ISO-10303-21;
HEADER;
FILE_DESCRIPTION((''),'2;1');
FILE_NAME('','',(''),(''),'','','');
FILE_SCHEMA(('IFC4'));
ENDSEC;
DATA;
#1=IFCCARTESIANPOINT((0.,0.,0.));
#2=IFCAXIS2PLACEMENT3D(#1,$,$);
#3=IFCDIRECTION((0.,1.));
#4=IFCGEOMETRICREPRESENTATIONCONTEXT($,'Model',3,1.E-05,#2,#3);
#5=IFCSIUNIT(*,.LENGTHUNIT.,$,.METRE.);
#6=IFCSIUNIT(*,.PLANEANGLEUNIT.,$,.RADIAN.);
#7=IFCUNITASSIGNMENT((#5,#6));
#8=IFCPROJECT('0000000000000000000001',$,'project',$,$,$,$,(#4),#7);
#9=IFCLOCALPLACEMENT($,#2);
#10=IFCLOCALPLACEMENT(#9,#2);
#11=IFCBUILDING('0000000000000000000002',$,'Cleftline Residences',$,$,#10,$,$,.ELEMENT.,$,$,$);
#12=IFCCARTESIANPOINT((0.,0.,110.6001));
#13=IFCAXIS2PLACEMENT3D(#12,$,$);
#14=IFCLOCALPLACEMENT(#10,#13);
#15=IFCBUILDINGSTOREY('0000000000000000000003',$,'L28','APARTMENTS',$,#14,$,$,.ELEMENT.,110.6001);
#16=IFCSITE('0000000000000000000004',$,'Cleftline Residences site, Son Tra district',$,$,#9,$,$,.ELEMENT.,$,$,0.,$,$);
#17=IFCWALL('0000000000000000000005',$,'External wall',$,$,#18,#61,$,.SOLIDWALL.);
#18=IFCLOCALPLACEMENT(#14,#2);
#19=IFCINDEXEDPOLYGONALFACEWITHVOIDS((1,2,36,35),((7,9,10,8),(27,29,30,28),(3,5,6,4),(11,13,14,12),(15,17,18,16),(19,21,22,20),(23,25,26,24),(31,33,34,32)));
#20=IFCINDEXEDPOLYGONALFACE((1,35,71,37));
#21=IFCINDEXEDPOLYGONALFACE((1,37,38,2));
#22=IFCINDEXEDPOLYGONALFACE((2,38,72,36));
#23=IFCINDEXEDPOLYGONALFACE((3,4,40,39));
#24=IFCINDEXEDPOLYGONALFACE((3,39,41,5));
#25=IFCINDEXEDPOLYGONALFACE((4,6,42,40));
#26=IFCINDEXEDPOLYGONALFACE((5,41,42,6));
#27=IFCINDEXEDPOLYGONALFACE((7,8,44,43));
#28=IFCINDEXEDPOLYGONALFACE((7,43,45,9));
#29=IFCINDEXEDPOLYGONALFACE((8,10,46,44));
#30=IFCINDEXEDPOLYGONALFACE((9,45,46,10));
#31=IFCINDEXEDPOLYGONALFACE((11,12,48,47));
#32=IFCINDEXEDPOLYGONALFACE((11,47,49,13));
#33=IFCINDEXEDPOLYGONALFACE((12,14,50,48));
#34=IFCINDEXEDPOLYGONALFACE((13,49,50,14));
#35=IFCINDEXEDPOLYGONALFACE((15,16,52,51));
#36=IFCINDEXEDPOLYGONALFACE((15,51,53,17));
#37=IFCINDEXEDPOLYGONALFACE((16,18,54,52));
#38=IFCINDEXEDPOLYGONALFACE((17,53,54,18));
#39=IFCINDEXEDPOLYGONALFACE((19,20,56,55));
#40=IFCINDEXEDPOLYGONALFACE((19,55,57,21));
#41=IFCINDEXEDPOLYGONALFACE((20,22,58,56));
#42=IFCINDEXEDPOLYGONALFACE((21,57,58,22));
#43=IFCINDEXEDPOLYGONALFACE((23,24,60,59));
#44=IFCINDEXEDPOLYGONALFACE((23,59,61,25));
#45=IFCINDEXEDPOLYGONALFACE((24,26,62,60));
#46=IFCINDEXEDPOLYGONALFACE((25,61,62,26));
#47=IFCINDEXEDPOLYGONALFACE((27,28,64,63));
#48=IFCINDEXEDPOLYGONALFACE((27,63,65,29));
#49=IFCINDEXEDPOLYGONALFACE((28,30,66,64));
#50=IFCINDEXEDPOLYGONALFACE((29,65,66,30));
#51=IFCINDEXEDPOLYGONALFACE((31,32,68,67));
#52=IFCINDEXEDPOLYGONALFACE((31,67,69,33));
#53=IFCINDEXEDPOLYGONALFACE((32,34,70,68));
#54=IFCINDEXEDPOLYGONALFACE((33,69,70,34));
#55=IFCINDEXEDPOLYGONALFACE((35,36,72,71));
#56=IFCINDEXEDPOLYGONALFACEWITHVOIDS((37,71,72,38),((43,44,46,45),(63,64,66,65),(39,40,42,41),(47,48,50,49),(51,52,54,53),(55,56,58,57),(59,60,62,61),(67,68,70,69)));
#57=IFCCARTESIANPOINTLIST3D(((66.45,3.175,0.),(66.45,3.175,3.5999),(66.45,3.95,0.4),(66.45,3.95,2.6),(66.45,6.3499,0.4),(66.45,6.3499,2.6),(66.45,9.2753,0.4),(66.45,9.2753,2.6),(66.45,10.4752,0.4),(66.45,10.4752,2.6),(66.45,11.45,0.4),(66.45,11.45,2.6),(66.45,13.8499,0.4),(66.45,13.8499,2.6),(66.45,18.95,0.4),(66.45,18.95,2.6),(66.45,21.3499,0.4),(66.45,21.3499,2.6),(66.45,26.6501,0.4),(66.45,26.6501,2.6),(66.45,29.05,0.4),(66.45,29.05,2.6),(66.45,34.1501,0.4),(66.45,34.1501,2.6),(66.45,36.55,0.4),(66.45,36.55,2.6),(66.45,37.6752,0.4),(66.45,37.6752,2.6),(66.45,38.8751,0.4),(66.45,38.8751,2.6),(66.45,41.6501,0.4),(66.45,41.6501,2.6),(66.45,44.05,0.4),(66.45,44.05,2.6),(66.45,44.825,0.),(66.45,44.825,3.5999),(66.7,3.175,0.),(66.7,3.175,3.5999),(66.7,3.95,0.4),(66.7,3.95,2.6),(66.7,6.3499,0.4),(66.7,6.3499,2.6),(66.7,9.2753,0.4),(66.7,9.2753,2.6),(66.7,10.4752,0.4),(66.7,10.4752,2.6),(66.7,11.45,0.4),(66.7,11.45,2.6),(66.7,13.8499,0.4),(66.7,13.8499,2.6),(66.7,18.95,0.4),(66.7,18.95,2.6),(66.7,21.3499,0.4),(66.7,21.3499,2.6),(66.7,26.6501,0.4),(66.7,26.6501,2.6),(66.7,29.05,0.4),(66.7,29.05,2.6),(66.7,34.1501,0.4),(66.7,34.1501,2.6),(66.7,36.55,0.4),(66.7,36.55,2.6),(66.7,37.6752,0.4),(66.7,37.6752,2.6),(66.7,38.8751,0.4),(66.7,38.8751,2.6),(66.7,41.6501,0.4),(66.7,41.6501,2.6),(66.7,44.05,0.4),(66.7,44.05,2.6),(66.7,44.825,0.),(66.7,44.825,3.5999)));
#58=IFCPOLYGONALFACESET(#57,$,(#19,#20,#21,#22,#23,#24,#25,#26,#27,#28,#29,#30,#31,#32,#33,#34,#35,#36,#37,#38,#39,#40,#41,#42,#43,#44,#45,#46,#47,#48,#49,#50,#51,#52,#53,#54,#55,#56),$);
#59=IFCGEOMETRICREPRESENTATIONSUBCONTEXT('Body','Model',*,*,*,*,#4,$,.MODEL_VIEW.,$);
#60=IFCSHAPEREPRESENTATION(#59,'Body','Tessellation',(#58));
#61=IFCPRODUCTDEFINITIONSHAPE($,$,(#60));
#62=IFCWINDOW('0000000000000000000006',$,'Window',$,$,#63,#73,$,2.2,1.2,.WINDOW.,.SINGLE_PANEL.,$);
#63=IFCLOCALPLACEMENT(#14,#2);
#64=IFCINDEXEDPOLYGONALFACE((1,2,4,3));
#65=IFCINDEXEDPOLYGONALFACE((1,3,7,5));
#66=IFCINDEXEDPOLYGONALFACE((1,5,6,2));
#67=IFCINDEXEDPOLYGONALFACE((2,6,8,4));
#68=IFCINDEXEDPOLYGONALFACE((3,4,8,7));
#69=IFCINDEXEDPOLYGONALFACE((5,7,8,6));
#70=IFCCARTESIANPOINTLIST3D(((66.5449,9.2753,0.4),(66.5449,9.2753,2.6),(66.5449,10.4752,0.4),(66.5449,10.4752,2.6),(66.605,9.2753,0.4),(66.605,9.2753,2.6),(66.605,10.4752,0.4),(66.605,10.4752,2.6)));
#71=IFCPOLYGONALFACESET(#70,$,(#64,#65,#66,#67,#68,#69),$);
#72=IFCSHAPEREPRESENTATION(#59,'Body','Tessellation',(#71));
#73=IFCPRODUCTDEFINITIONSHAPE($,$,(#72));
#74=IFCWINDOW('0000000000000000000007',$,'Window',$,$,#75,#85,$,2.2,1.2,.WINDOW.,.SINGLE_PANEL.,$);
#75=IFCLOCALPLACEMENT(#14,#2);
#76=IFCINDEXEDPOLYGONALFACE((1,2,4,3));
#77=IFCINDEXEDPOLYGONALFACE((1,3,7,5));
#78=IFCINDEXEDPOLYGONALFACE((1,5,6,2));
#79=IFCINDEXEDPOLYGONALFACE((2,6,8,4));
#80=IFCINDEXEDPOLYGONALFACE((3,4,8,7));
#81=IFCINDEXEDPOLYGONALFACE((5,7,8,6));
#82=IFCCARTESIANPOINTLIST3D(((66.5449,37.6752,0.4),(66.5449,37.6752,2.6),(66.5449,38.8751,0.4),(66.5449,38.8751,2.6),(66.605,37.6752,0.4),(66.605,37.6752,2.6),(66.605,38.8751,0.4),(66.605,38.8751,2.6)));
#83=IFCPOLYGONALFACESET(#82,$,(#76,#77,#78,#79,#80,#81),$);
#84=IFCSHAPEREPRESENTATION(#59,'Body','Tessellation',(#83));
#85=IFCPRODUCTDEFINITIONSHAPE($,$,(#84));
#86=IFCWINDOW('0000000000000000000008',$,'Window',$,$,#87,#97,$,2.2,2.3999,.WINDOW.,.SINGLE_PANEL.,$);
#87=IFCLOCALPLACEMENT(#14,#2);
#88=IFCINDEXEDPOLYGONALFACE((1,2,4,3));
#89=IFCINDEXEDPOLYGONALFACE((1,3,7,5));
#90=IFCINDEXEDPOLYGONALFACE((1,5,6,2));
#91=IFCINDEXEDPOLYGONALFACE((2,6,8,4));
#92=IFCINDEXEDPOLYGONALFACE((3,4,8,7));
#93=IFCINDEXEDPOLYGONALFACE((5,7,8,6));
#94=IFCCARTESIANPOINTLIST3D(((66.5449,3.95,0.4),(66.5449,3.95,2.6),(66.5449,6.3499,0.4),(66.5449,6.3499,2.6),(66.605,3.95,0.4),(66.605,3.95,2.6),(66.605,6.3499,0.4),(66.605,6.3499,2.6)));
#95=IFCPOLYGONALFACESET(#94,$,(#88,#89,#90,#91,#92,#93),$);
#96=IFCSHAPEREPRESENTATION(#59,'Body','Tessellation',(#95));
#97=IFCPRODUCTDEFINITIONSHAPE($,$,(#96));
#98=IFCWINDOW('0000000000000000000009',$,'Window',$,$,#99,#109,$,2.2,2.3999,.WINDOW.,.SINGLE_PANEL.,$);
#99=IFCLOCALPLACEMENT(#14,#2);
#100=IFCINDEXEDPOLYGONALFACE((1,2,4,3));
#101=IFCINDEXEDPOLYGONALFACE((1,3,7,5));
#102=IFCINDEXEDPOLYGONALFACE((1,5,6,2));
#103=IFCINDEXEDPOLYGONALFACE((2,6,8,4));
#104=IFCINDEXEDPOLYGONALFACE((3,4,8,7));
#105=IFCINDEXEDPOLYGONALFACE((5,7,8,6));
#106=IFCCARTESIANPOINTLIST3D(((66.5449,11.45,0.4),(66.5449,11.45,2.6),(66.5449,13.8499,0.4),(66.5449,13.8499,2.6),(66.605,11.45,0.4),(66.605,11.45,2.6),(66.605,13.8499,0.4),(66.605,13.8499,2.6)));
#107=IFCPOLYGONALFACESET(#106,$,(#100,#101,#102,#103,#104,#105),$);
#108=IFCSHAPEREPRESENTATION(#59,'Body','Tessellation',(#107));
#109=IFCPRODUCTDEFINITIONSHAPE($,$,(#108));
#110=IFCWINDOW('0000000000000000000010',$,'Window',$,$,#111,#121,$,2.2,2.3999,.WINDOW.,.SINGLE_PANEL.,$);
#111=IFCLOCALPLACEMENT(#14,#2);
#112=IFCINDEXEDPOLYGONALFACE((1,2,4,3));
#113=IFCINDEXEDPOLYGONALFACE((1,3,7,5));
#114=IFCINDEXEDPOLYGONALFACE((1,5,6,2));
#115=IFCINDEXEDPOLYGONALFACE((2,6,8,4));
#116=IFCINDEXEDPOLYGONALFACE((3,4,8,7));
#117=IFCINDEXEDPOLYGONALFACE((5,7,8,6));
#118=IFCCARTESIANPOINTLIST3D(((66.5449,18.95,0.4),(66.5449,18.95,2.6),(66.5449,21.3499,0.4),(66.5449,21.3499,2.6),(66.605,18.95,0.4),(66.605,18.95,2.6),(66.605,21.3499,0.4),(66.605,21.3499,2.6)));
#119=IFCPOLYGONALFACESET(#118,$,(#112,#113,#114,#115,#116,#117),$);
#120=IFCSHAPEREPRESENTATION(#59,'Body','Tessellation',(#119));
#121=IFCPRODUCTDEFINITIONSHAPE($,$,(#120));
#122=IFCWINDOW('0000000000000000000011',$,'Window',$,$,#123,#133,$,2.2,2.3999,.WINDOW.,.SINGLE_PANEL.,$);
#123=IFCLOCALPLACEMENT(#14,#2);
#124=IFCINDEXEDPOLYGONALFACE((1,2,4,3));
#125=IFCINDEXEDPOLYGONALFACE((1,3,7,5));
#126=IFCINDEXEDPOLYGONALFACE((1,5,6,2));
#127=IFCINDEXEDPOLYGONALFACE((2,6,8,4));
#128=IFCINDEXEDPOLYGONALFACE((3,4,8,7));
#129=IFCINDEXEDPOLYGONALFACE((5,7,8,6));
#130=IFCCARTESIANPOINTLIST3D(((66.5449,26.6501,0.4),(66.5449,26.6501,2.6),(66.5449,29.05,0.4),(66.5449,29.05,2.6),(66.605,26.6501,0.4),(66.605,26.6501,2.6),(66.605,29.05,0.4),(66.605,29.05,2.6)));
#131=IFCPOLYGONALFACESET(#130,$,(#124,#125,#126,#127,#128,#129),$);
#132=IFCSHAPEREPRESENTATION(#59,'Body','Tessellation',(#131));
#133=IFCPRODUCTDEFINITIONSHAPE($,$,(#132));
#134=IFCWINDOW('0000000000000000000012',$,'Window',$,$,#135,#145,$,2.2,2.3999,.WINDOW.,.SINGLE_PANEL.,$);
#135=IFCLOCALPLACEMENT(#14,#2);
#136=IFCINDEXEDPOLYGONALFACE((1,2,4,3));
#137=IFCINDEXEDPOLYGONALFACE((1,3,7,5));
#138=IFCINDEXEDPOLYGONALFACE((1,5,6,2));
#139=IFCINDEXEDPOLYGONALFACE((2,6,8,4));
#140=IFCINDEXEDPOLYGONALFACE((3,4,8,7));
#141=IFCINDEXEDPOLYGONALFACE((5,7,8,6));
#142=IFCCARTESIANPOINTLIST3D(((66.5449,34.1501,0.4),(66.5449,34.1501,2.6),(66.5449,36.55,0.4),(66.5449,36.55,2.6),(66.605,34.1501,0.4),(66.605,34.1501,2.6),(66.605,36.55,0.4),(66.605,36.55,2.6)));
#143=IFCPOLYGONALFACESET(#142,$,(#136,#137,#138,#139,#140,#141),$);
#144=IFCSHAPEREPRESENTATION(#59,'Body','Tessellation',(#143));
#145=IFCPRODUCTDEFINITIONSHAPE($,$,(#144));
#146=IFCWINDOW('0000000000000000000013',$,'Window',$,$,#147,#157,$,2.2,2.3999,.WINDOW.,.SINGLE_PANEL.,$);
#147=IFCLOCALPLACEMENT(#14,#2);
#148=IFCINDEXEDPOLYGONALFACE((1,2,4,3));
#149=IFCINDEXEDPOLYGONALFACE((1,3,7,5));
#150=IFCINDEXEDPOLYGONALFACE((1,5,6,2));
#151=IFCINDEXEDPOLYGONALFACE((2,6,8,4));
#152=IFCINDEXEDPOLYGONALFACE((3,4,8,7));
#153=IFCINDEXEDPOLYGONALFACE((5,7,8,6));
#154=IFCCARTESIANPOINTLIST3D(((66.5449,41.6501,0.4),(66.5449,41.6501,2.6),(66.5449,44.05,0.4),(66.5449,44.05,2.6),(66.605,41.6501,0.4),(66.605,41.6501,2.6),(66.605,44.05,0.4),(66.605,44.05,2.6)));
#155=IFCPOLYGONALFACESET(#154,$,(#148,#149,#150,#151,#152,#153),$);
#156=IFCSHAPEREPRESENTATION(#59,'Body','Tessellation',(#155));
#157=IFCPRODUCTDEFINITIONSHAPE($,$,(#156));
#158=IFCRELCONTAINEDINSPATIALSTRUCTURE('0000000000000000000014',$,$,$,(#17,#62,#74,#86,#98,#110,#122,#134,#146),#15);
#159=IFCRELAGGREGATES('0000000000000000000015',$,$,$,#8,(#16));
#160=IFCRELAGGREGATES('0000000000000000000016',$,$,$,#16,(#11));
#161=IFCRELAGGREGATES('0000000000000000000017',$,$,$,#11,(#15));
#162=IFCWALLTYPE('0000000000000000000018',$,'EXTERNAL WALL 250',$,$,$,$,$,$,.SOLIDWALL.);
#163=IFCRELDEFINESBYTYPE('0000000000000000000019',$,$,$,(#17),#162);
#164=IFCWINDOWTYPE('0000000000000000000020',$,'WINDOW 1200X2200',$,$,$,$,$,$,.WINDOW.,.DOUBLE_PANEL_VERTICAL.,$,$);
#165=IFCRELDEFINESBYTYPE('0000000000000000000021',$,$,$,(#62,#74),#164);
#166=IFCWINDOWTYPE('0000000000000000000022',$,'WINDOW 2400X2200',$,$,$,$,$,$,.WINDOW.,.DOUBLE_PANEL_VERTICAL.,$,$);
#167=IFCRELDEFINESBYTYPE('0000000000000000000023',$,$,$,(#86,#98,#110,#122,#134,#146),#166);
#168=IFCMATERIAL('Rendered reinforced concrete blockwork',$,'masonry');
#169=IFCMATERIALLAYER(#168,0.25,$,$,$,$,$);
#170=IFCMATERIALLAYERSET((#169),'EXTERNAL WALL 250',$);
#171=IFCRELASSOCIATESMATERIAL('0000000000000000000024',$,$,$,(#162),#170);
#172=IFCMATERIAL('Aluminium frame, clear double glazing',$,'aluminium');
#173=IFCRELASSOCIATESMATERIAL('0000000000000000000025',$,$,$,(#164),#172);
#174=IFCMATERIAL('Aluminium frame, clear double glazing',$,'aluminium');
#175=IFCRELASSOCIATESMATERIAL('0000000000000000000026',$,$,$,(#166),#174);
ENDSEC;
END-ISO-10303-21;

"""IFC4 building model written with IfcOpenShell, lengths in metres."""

from ifc_helpers import new_model, si_unit, direction, frame, frame_2d, origin, place, context, subcontext, project, spatial, rectangle, extrude, material, layer, layer_set, type_object, element, fill, save


model = new_model("IFC4")

# Units and contexts
model_context = context("Model", 3, precision=1e-05, world=origin(), true_north=direction((0.0, 1.0)))
body_context = subcontext(model_context, "Body", "Model", "MODEL_VIEW")
ifc_project = project(units=[si_unit("LENGTHUNIT", "METRE"), si_unit("PLANEANGLEUNIT", "RADIAN")], contexts=[model_context])

# Site, building, storey
site_placement = place(None, origin())
site = spatial("IfcSite", under=ifc_project, at=site_placement, Name="Cleftline Residences site, Son Tra district", CompositionType="ELEMENT", RefElevation=0.0)
building_placement = place(site_placement, origin())
building = spatial("IfcBuilding", under=site, at=building_placement, Name="Cleftline Residences", CompositionType="ELEMENT")
storey_placement = place(building_placement, frame((0.0, 0.0, 110.6001)))
storey = spatial("IfcBuildingStorey", under=building, at=storey_placement, Name="L28", Description="APARTMENTS", CompositionType="ELEMENT", Elevation=110.6001)

# Wall, openings, windows
ifc_material_1 = material(Name="Rendered reinforced concrete blockwork", Category="masonry")
ifc_layer_1 = layer(ifc_material_1, 0.25)
ifc_layer_set_1 = layer_set([ifc_layer_1], Name="EXTERNAL WALL 250")
wall_type = type_object("IfcWallType", Name="EXTERNAL WALL 250", PredefinedType="SOLIDWALL", material=ifc_layer_set_1)
wall_placement = place(storey_placement, frame((66.575, 3.175, 0.0), z_axis=(0.0, 0.0, 1.0), x_axis=(0.0, 1.0, 0.0)))
wall = element("IfcWall", 1, at=wall_placement, inside=storey, type_object=wall_type, Name="External wall", PredefinedType="SOLIDWALL", context=body_context, shape_type="SweptSolid", body=[
    extrude(rectangle(XDim=41.6499, YDim=0.25, at=frame_2d((20.825, 0.0))), origin(), (0.0, 0.0, 1.0), 3.5999),
])
opening_1_placement = place(wall_placement, frame((0.7749, 0.0, 0.3999)))
opening_1 = element("IfcOpeningElement", 2, at=opening_1_placement, cuts=wall, PredefinedType="OPENING", context=body_context, shape_type="SweptSolid", body=[
    extrude(rectangle(XDim=2.3999, YDim=2.2, at=frame_2d((1.2, 1.1001))), frame((0.0, 0.135, 0.0), z_axis=(0.0, -1.0, 0.0), x_axis=(1.0, 0.0, 0.0)), (0.0, 0.0, 1.0), 0.27),
])
opening_2_placement = place(wall_placement, frame((6.1001, 0.0, 0.3999)))
opening_2 = element("IfcOpeningElement", 3, at=opening_2_placement, cuts=wall, PredefinedType="OPENING", context=body_context, shape_type="SweptSolid", body=[
    extrude(rectangle(XDim=1.2, YDim=2.2, at=frame_2d((0.6001, 1.1001))), frame((0.0, 0.135, 0.0), z_axis=(0.0, -1.0, 0.0), x_axis=(1.0, 0.0, 0.0)), (0.0, 0.0, 1.0), 0.27),
])
opening_3_placement = place(wall_placement, frame((8.2749, 0.0, 0.3999)))
opening_3 = element("IfcOpeningElement", 4, at=opening_3_placement, cuts=wall, PredefinedType="OPENING", context=body_context, shape_type="SweptSolid", body=[
    extrude(rectangle(XDim=2.3999, YDim=2.2, at=frame_2d((1.2, 1.1001))), frame((0.0, 0.135, 0.0), z_axis=(0.0, -1.0, 0.0), x_axis=(1.0, 0.0, 0.0)), (0.0, 0.0, 1.0), 0.27),
])
opening_4_placement = place(wall_placement, frame((15.7749, 0.0, 0.3999)))
opening_4 = element("IfcOpeningElement", 5, at=opening_4_placement, cuts=wall, PredefinedType="OPENING", context=body_context, shape_type="SweptSolid", body=[
    extrude(rectangle(XDim=2.3999, YDim=2.2, at=frame_2d((1.2, 1.1001))), frame((0.0, 0.135, 0.0), z_axis=(0.0, -1.0, 0.0), x_axis=(1.0, 0.0, 0.0)), (0.0, 0.0, 1.0), 0.27),
])
opening_5_placement = place(wall_placement, frame((23.4751, 0.0, 0.3999)))
opening_5 = element("IfcOpeningElement", 6, at=opening_5_placement, cuts=wall, PredefinedType="OPENING", context=body_context, shape_type="SweptSolid", body=[
    extrude(rectangle(XDim=2.3999, YDim=2.2, at=frame_2d((1.2, 1.1001))), frame((0.0, 0.135, 0.0), z_axis=(0.0, -1.0, 0.0), x_axis=(1.0, 0.0, 0.0)), (0.0, 0.0, 1.0), 0.27),
])
opening_6_placement = place(wall_placement, frame((30.9751, 0.0, 0.3999)))
opening_6 = element("IfcOpeningElement", 7, at=opening_6_placement, cuts=wall, PredefinedType="OPENING", context=body_context, shape_type="SweptSolid", body=[
    extrude(rectangle(XDim=2.3999, YDim=2.2, at=frame_2d((1.2, 1.1001))), frame((0.0, 0.135, 0.0), z_axis=(0.0, -1.0, 0.0), x_axis=(1.0, 0.0, 0.0)), (0.0, 0.0, 1.0), 0.27),
])
opening_7_placement = place(wall_placement, frame((34.5, 0.0, 0.3999)))
opening_7 = element("IfcOpeningElement", 8, at=opening_7_placement, cuts=wall, PredefinedType="OPENING", context=body_context, shape_type="SweptSolid", body=[
    extrude(rectangle(XDim=1.2, YDim=2.2, at=frame_2d((0.6001, 1.1001))), frame((0.0, 0.135, 0.0), z_axis=(0.0, -1.0, 0.0), x_axis=(1.0, 0.0, 0.0)), (0.0, 0.0, 1.0), 0.27),
])
opening_8_placement = place(wall_placement, frame((38.4751, 0.0, 0.3999)))
opening_8 = element("IfcOpeningElement", 9, at=opening_8_placement, cuts=wall, PredefinedType="OPENING", context=body_context, shape_type="SweptSolid", body=[
    extrude(rectangle(XDim=2.3999, YDim=2.2, at=frame_2d((1.2, 1.1001))), frame((0.0, 0.135, 0.0), z_axis=(0.0, -1.0, 0.0), x_axis=(1.0, 0.0, 0.0)), (0.0, 0.0, 1.0), 0.27),
])
ifc_material_2 = material(Name="Aluminium frame, clear double glazing", Category="aluminium")
window_type_1 = type_object("IfcWindowType", Name="WINDOW 1200X2200", PartitioningType="DOUBLE_PANEL_VERTICAL", PredefinedType="WINDOW", material=ifc_material_2)
window_1_placement = place(opening_2_placement, origin())
window_1 = element("IfcWindow", 10, at=window_1_placement, inside=storey, type_object=window_type_1, Name="Window", OverallHeight=2.2, OverallWidth=1.2, PartitioningType="SINGLE_PANEL", PredefinedType="WINDOW", context=body_context, shape_type="SweptSolid", body=[
    extrude(rectangle(XDim=1.2, YDim=2.2, at=frame_2d((0.6001, 1.1001))), frame((0.0, 0.03, 0.0), z_axis=(0.0, -1.0, 0.0), x_axis=(1.0, 0.0, 0.0)), (0.0, 0.0, 1.0), 0.0601),
])
fill(opening_2, window_1)
window_2_placement = place(opening_7_placement, origin())
window_2 = element("IfcWindow", 11, at=window_2_placement, inside=storey, type_object=window_type_1, Name="Window", OverallHeight=2.2, OverallWidth=1.2, PartitioningType="SINGLE_PANEL", PredefinedType="WINDOW", context=body_context, shape_type="SweptSolid", body=[
    extrude(rectangle(XDim=1.2, YDim=2.2, at=frame_2d((0.6001, 1.1001))), frame((0.0, 0.03, 0.0), z_axis=(0.0, -1.0, 0.0), x_axis=(1.0, 0.0, 0.0)), (0.0, 0.0, 1.0), 0.0601),
])
fill(opening_7, window_2)
ifc_material_3 = material(Name="Aluminium frame, clear double glazing", Category="aluminium")
window_type_2 = type_object("IfcWindowType", Name="WINDOW 2400X2200", PartitioningType="DOUBLE_PANEL_VERTICAL", PredefinedType="WINDOW", material=ifc_material_3)
window_3_placement = place(opening_1_placement, origin())
window_3 = element("IfcWindow", 12, at=window_3_placement, inside=storey, type_object=window_type_2, Name="Window", OverallHeight=2.2, OverallWidth=2.3999, PartitioningType="SINGLE_PANEL", PredefinedType="WINDOW", context=body_context, shape_type="SweptSolid", body=[
    extrude(rectangle(XDim=2.3999, YDim=2.2, at=frame_2d((1.2, 1.1001))), frame((0.0, 0.03, 0.0), z_axis=(0.0, -1.0, 0.0), x_axis=(1.0, 0.0, 0.0)), (0.0, 0.0, 1.0), 0.0601),
])
fill(opening_1, window_3)
window_4_placement = place(opening_3_placement, origin())
window_4 = element("IfcWindow", 13, at=window_4_placement, inside=storey, type_object=window_type_2, Name="Window", OverallHeight=2.2, OverallWidth=2.3999, PartitioningType="SINGLE_PANEL", PredefinedType="WINDOW", context=body_context, shape_type="SweptSolid", body=[
    extrude(rectangle(XDim=2.3999, YDim=2.2, at=frame_2d((1.2, 1.1001))), frame((0.0, 0.03, 0.0), z_axis=(0.0, -1.0, 0.0), x_axis=(1.0, 0.0, 0.0)), (0.0, 0.0, 1.0), 0.0601),
])
fill(opening_3, window_4)
window_5_placement = place(opening_4_placement, origin())
window_5 = element("IfcWindow", 14, at=window_5_placement, inside=storey, type_object=window_type_2, Name="Window", OverallHeight=2.2, OverallWidth=2.3999, PartitioningType="SINGLE_PANEL", PredefinedType="WINDOW", context=body_context, shape_type="SweptSolid", body=[
    extrude(rectangle(XDim=2.3999, YDim=2.2, at=frame_2d((1.2, 1.1001))), frame((0.0, 0.03, 0.0), z_axis=(0.0, -1.0, 0.0), x_axis=(1.0, 0.0, 0.0)), (0.0, 0.0, 1.0), 0.0601),
])
fill(opening_4, window_5)
window_6_placement = place(opening_5_placement, origin())
window_6 = element("IfcWindow", 15, at=window_6_placement, inside=storey, type_object=window_type_2, Name="Window", OverallHeight=2.2, OverallWidth=2.3999, PartitioningType="SINGLE_PANEL", PredefinedType="WINDOW", context=body_context, shape_type="SweptSolid", body=[
    extrude(rectangle(XDim=2.3999, YDim=2.2, at=frame_2d((1.2, 1.1001))), frame((0.0, 0.03, 0.0), z_axis=(0.0, -1.0, 0.0), x_axis=(1.0, 0.0, 0.0)), (0.0, 0.0, 1.0), 0.0601),
])
fill(opening_5, window_6)
window_7_placement = place(opening_6_placement, origin())
window_7 = element("IfcWindow", 16, at=window_7_placement, inside=storey, type_object=window_type_2, Name="Window", OverallHeight=2.2, OverallWidth=2.3999, PartitioningType="SINGLE_PANEL", PredefinedType="WINDOW", context=body_context, shape_type="SweptSolid", body=[
    extrude(rectangle(XDim=2.3999, YDim=2.2, at=frame_2d((1.2, 1.1001))), frame((0.0, 0.03, 0.0), z_axis=(0.0, -1.0, 0.0), x_axis=(1.0, 0.0, 0.0)), (0.0, 0.0, 1.0), 0.0601),
])
fill(opening_6, window_7)
window_8_placement = place(opening_8_placement, origin())
window_8 = element("IfcWindow", 17, at=window_8_placement, inside=storey, type_object=window_type_2, Name="Window", OverallHeight=2.2, OverallWidth=2.3999, PartitioningType="SINGLE_PANEL", PredefinedType="WINDOW", context=body_context, shape_type="SweptSolid", body=[
    extrude(rectangle(XDim=2.3999, YDim=2.2, at=frame_2d((1.2, 1.1001))), frame((0.0, 0.03, 0.0), z_axis=(0.0, -1.0, 0.0), x_axis=(1.0, 0.0, 0.0)), (0.0, 0.0, 1.0), 0.0601),
])
fill(opening_8, window_8)

save(model, "model.ifc")
